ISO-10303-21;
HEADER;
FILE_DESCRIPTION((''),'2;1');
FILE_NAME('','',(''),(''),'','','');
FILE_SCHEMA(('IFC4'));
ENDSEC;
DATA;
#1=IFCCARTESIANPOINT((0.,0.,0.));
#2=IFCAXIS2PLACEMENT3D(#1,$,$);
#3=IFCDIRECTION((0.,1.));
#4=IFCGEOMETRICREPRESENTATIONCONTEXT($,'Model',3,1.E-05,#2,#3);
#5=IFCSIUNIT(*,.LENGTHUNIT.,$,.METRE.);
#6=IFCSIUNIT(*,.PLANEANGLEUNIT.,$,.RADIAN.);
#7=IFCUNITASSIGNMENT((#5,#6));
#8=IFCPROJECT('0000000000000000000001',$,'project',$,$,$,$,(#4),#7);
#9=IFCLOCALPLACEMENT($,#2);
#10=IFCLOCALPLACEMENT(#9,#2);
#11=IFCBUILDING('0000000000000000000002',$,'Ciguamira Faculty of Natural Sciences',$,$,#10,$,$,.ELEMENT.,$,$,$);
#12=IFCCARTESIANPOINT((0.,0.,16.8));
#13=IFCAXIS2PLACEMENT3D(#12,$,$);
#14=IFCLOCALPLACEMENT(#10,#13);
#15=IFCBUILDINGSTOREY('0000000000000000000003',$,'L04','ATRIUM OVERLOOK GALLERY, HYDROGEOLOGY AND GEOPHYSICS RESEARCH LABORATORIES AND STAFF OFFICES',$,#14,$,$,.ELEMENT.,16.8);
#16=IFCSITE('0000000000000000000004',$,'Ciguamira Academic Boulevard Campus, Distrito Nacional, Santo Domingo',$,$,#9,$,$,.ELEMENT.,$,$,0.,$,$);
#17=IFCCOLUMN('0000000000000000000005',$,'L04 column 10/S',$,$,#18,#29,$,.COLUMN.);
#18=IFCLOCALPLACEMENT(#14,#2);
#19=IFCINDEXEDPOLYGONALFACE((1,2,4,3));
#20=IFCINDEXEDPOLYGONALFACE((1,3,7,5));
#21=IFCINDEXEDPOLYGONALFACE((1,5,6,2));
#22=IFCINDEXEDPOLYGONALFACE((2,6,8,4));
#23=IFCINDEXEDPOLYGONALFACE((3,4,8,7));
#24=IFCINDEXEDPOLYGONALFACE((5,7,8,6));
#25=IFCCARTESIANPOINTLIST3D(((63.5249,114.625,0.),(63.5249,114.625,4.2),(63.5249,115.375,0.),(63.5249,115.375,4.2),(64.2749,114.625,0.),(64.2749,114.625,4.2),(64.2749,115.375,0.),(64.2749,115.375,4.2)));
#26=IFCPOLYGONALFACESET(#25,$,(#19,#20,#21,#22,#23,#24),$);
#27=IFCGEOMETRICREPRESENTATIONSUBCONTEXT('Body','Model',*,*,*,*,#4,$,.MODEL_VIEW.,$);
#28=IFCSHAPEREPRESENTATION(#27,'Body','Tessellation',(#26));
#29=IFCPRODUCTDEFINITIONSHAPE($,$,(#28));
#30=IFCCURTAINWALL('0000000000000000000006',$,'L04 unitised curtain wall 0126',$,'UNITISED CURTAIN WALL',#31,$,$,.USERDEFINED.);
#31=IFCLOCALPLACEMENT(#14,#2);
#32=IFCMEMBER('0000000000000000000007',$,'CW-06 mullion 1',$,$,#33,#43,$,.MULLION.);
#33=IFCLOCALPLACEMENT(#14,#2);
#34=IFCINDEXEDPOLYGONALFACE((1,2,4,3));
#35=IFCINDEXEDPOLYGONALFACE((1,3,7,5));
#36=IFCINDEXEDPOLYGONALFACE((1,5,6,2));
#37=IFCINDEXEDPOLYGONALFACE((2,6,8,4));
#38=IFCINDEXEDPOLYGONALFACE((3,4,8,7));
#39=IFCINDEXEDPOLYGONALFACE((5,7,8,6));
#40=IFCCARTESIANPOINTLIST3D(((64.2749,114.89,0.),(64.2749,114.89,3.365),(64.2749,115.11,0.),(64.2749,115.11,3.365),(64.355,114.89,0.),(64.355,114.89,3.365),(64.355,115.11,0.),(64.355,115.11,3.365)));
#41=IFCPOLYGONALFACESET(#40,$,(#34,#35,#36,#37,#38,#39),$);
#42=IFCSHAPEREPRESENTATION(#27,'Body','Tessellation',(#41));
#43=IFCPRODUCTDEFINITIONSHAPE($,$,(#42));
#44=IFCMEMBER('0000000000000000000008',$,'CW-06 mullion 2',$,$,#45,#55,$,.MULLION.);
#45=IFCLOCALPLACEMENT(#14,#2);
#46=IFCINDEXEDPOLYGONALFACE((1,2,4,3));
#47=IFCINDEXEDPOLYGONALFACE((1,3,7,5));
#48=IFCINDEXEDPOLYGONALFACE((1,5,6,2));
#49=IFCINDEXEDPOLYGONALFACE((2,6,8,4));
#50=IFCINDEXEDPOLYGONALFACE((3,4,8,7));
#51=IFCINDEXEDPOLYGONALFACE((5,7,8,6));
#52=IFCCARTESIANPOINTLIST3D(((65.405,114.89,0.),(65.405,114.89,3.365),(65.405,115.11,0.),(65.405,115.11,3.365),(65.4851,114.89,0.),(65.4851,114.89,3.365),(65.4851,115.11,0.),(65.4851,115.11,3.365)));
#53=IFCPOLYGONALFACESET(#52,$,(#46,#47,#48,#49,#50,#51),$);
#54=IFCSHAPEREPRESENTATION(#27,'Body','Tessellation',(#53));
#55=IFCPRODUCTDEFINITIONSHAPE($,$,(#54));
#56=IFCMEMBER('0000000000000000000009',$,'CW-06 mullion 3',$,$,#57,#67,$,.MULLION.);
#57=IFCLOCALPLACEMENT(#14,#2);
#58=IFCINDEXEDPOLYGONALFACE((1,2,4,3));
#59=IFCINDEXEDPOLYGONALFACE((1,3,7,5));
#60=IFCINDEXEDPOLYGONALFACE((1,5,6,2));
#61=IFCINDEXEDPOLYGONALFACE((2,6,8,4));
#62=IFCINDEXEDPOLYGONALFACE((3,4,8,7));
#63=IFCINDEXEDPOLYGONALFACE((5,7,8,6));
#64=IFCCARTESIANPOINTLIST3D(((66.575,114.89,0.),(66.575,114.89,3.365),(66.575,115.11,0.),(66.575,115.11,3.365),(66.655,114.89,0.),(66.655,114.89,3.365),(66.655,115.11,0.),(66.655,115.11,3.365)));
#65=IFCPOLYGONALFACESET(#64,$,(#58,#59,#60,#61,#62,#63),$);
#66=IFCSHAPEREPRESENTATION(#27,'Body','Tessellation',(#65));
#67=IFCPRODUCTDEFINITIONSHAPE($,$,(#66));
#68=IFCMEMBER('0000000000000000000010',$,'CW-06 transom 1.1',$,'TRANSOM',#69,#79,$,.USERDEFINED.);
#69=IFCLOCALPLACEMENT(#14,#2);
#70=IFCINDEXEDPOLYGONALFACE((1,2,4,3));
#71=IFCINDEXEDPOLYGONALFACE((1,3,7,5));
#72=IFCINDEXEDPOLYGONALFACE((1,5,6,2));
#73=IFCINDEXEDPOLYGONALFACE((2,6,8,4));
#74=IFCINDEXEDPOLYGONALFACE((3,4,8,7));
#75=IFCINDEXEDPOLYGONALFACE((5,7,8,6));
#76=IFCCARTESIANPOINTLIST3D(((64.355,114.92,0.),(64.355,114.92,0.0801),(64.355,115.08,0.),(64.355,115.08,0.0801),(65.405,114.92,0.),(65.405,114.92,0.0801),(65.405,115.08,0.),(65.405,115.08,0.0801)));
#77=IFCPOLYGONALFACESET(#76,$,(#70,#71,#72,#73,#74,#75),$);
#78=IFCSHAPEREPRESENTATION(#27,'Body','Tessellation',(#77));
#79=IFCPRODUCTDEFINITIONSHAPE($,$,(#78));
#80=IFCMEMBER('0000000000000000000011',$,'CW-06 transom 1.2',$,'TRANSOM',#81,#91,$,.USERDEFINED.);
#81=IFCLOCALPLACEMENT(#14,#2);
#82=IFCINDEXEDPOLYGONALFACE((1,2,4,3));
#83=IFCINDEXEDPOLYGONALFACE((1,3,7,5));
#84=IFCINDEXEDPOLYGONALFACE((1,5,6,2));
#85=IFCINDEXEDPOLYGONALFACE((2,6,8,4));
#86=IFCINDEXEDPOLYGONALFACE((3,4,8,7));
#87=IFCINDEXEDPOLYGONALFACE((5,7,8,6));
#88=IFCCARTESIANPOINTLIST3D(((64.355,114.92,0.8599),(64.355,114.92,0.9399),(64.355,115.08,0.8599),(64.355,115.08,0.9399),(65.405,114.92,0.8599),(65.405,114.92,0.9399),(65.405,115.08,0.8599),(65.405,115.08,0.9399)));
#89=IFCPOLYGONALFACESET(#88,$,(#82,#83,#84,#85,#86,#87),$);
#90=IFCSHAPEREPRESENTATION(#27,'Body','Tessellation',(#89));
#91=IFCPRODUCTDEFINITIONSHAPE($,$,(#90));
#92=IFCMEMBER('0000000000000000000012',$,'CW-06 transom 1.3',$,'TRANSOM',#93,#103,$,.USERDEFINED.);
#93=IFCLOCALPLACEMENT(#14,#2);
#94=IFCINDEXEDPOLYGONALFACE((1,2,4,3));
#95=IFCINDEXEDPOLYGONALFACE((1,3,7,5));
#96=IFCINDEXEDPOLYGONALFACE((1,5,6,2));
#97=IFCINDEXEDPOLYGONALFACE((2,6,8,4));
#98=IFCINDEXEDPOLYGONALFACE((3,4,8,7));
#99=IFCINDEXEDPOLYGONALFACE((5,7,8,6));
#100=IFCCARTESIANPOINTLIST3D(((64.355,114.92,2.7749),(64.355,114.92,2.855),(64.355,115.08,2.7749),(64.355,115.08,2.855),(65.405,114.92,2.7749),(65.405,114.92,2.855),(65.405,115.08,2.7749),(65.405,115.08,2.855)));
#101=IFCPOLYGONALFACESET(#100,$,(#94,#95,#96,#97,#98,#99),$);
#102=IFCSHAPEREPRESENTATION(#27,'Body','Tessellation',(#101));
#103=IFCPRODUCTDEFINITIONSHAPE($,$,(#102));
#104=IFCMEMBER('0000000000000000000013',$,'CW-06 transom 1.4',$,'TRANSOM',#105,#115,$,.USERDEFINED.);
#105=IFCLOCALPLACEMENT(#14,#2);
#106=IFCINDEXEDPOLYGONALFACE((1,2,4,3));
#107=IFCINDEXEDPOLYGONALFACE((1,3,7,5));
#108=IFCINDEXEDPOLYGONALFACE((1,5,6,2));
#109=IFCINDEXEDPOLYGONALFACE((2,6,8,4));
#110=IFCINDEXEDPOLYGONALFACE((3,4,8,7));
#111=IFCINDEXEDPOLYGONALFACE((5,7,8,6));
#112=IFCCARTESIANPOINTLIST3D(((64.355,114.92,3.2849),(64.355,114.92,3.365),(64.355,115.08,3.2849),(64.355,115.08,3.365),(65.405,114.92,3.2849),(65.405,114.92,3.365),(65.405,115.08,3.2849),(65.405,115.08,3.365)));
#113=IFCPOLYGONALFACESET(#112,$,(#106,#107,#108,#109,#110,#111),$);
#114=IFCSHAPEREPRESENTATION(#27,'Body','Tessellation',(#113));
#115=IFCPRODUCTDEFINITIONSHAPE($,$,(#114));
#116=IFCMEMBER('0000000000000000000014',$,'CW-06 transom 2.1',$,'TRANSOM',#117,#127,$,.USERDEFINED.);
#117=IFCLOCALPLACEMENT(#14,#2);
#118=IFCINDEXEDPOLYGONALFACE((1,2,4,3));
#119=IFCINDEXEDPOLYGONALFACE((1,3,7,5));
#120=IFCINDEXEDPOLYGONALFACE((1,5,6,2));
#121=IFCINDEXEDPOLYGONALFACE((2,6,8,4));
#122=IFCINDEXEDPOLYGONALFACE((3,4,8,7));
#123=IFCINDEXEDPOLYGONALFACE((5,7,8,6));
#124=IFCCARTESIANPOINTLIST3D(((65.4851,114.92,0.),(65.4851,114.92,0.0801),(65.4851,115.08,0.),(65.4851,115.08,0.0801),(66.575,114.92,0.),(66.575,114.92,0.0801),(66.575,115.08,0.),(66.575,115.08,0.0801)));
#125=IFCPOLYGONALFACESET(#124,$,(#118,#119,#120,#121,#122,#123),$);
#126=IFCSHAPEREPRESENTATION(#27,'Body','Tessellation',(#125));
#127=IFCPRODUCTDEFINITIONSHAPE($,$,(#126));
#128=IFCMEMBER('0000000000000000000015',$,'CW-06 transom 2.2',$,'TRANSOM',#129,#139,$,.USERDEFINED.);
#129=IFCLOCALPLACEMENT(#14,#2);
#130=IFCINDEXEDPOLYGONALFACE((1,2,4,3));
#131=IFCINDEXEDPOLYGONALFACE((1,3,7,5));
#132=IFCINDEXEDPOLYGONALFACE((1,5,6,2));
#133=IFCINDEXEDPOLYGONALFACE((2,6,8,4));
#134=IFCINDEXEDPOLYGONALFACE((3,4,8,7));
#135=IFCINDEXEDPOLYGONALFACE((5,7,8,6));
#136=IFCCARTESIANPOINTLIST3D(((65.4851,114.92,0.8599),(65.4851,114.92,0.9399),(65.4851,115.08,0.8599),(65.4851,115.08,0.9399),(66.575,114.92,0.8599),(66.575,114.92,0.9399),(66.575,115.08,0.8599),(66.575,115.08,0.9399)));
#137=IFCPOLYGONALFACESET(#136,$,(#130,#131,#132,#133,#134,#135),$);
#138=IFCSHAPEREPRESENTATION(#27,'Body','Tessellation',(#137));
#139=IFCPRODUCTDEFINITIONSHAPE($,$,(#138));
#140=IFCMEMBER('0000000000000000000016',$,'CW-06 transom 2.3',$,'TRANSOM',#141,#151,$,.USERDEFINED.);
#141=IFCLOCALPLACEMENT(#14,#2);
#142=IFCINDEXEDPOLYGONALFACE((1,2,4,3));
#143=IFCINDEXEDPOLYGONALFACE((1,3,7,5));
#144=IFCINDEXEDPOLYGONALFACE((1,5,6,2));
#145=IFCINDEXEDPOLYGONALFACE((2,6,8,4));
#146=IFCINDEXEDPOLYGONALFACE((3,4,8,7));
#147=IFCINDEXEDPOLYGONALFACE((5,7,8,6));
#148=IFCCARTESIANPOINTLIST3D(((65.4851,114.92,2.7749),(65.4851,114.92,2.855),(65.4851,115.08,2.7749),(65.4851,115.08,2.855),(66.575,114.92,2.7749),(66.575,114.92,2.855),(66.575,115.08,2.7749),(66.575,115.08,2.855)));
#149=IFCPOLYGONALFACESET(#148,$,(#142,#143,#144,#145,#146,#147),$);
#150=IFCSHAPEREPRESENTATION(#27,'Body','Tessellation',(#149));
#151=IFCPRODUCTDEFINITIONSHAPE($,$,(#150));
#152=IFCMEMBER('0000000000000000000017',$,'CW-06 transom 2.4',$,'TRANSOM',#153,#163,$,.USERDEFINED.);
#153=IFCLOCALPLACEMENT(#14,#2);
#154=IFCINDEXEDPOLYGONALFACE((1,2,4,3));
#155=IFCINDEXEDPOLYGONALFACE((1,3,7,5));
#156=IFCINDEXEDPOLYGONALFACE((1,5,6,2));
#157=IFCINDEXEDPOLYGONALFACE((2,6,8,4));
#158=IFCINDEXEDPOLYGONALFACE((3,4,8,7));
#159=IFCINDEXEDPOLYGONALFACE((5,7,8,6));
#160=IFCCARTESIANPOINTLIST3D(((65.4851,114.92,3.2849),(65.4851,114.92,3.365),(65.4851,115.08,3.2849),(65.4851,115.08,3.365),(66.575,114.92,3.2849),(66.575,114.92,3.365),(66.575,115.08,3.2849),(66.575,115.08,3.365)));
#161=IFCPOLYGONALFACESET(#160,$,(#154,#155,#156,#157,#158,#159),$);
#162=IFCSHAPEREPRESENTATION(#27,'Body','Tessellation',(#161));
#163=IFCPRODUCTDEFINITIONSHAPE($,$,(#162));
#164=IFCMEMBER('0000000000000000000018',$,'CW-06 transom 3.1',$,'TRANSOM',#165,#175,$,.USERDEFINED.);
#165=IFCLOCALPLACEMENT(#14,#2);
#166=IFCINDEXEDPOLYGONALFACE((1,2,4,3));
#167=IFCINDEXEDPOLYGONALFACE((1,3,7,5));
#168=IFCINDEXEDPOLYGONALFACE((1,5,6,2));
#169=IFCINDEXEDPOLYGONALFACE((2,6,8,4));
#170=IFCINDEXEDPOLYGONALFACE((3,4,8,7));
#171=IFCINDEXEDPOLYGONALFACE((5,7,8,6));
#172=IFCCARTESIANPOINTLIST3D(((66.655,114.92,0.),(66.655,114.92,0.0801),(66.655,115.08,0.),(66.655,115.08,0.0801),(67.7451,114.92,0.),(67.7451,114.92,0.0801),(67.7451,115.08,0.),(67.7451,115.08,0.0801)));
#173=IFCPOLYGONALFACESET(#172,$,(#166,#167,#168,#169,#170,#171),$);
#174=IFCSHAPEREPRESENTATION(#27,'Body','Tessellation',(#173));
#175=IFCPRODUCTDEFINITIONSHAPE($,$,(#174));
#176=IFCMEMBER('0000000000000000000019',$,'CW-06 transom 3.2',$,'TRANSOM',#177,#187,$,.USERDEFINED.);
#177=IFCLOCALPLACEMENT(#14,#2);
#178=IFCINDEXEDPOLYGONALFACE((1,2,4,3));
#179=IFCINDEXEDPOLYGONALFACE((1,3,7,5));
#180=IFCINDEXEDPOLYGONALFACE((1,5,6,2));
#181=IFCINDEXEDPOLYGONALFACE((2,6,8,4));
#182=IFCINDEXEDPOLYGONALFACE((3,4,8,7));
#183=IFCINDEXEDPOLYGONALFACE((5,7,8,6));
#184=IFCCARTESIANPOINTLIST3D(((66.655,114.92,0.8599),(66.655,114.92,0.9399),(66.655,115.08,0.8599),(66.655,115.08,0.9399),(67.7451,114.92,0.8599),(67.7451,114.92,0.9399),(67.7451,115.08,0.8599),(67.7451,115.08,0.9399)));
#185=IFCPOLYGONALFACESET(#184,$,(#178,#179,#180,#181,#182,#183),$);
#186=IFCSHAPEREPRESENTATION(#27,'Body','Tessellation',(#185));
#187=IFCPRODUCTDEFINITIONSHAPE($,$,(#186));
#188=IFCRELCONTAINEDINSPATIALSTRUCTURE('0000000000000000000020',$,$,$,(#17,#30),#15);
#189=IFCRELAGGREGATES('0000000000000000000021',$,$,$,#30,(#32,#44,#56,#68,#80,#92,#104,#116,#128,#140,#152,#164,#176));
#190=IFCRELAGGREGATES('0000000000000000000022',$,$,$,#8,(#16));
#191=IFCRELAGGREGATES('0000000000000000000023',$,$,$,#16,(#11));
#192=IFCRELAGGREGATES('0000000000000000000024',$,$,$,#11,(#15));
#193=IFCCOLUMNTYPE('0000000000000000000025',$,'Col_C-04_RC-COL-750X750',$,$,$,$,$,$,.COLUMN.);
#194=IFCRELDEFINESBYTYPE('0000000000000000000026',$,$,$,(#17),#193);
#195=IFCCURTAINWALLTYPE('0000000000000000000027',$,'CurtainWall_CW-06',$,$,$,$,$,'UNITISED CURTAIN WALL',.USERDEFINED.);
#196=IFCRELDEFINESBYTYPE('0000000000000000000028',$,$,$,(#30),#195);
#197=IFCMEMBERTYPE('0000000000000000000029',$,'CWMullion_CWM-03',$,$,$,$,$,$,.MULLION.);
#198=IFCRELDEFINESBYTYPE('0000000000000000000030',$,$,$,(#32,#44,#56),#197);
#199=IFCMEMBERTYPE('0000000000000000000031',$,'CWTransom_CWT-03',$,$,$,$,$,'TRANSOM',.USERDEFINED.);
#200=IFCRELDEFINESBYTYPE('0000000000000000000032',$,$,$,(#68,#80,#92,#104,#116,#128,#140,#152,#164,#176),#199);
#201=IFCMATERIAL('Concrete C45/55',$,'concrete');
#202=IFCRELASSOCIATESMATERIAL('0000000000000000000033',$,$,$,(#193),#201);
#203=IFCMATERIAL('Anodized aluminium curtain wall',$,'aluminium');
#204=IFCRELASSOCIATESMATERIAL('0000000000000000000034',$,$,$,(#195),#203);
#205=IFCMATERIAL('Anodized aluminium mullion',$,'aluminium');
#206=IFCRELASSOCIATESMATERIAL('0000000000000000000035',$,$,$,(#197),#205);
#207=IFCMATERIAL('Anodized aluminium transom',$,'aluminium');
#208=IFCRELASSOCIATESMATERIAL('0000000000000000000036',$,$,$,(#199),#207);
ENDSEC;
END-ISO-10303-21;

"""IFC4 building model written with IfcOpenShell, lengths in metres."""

from ifc_helpers import new_model, si_unit, direction, frame, origin, origin_2d, place, context, subcontext, project, spatial, rectangle, extrude, material, material_profile, profile_set, type_object, element, aggregate, save


model = new_model("IFC4")

# Units and contexts
model_context = context("Model", 3, precision=1e-05, world=origin(), true_north=direction((0.0, 1.0)))
body_context = subcontext(model_context, "Body", "Model", "MODEL_VIEW")
ifc_project = project(units=[si_unit("LENGTHUNIT", "METRE"), si_unit("PLANEANGLEUNIT", "RADIAN")], contexts=[model_context])

# Site, building, storey
site_placement = place(None, origin())
site = spatial("IfcSite", under=ifc_project, at=site_placement, Name="Ciguamira Academic Boulevard Campus, Distrito Nacional, Santo Domingo", CompositionType="ELEMENT", RefElevation=0.0)
building_placement = place(site_placement, origin())
building = spatial("IfcBuilding", under=site, at=building_placement, Name="Ciguamira Faculty of Natural Sciences", CompositionType="ELEMENT")
storey_placement = place(building_placement, frame((0.0, 0.0, 16.8)))
storey = spatial("IfcBuildingStorey", under=building, at=storey_placement, Name="L04", Description="ATRIUM OVERLOOK GALLERY, HYDROGEOLOGY AND GEOPHYSICS RESEARCH LABORATORIES AND STAFF OFFICES", CompositionType="ELEMENT", Elevation=16.8)

# Column
ifc_material_1 = material(Name="Concrete C45/55", Category="concrete")
ifc_material_profile_1 = material_profile(ifc_material_1, rectangle(XDim=0.75, YDim=0.75, at=origin_2d()), Name="RC-COL-750X750")
ifc_profile_set_1 = profile_set([ifc_material_profile_1], Name="Concrete C45/55")
column_type = type_object("IfcColumnType", Name="Col_C-04_RC-COL-750X750", PredefinedType="COLUMN", material=ifc_profile_set_1)
column_placement = place(storey_placement, frame((63.8999, 115.0, 0.0), z_axis=(0.0, 0.0, 1.0), x_axis=(1.0, 0.0, 0.0)))
element("IfcColumn", 1, at=column_placement, inside=storey, type_object=column_type, Name="L04 column 10/S", PredefinedType="COLUMN", context=body_context, shape_type="SweptSolid", body=[
    extrude(rectangle(XDim=0.75, YDim=0.75, at=origin_2d()), origin(), (0.0, 0.0, 1.0), 4.2),
])

# Curtain wall, members
ifc_material_2 = material(Name="Anodized aluminium curtain wall", Category="aluminium")
curtain_wall_type = type_object("IfcCurtainWallType", Name="CurtainWall_CW-06", ElementType="UNITISED CURTAIN WALL", PredefinedType="USERDEFINED", material=ifc_material_2)
curtain_wall_placement = place(storey_placement, origin())
curtain_wall = element("IfcCurtainWall", 2, at=curtain_wall_placement, inside=storey, type_object=curtain_wall_type, Name="L04 unitised curtain wall 0126", ObjectType="UNITISED CURTAIN WALL", PredefinedType="USERDEFINED")
ifc_material_3 = material(Name="Anodized aluminium mullion", Category="aluminium")
ifc_material_profile_2 = material_profile(ifc_material_3, rectangle(XDim=0.0801, YDim=0.22, at=origin_2d()), Name="ALU-MUL-80X220")
ifc_profile_set_2 = profile_set([ifc_material_profile_2], Name="Anodized aluminium mullion")
member_type_1 = type_object("IfcMemberType", Name="CWMullion_CWM-03", PredefinedType="MULLION", material=ifc_profile_set_2)
member_1_placement = place(storey_placement, frame((64.3149, 115.0, 0.0), z_axis=(0.0, 0.0, 1.0), x_axis=(1.0, 0.0, 0.0)))
member_1 = element("IfcMember", 3, at=member_1_placement, type_object=member_type_1, Name="CW-06 mullion 1", PredefinedType="MULLION", context=body_context, shape_type="SweptSolid", body=[
    extrude(rectangle(XDim=0.0801, YDim=0.22, at=origin_2d()), origin(), (0.0, 0.0, 1.0), 3.365),
])
member_2_placement = place(storey_placement, frame((65.4451, 115.0, 0.0), z_axis=(0.0, 0.0, 1.0), x_axis=(1.0, 0.0, 0.0)))
member_2 = element("IfcMember", 4, at=member_2_placement, type_object=member_type_1, Name="CW-06 mullion 2", PredefinedType="MULLION", context=body_context, shape_type="SweptSolid", body=[
    extrude(rectangle(XDim=0.0801, YDim=0.22, at=origin_2d()), origin(), (0.0, 0.0, 1.0), 3.365),
])
member_3_placement = place(storey_placement, frame((66.615, 115.0, 0.0), z_axis=(0.0, 0.0, 1.0), x_axis=(1.0, 0.0, 0.0)))
member_3 = element("IfcMember", 5, at=member_3_placement, type_object=member_type_1, Name="CW-06 mullion 3", PredefinedType="MULLION", context=body_context, shape_type="SweptSolid", body=[
    extrude(rectangle(XDim=0.0801, YDim=0.22, at=origin_2d()), origin(), (0.0, 0.0, 1.0), 3.365),
])
ifc_material_4 = material(Name="Anodized aluminium transom", Category="aluminium")
ifc_material_profile_3 = material_profile(ifc_material_4, rectangle(XDim=0.0801, YDim=0.1599, at=origin_2d()), Name="ALU-TRN-80X160")
ifc_profile_set_3 = profile_set([ifc_material_profile_3], Name="Anodized aluminium transom")
member_type_2 = type_object("IfcMemberType", Name="CWTransom_CWT-03", ElementType="TRANSOM", PredefinedType="USERDEFINED", material=ifc_profile_set_3)
member_4_placement = place(storey_placement, frame((64.355, 115.0, 0.04), z_axis=(1.0, 0.0, 0.0), x_axis=(0.0, 0.0, 1.0)))
member_4 = element("IfcMember", 6, at=member_4_placement, type_object=member_type_2, Name="CW-06 transom 1.1", ObjectType="TRANSOM", PredefinedType="USERDEFINED", context=body_context, shape_type="SweptSolid", body=[
    extrude(rectangle(XDim=0.0801, YDim=0.1599, at=origin_2d()), origin(), (0.0, 0.0, 1.0), 1.05),
])
member_5_placement = place(storey_placement, frame((64.355, 115.0, 0.8999), z_axis=(1.0, 0.0, 0.0), x_axis=(0.0, 0.0, 1.0)))
member_5 = element("IfcMember", 7, at=member_5_placement, type_object=member_type_2, Name="CW-06 transom 1.2", ObjectType="TRANSOM", PredefinedType="USERDEFINED", context=body_context, shape_type="SweptSolid", body=[
    extrude(rectangle(XDim=0.0801, YDim=0.1599, at=origin_2d()), origin(), (0.0, 0.0, 1.0), 1.05),
])
member_6_placement = place(storey_placement, frame((64.355, 115.0, 2.8149), z_axis=(1.0, 0.0, 0.0), x_axis=(0.0, 0.0, 1.0)))
member_6 = element("IfcMember", 8, at=member_6_placement, type_object=member_type_2, Name="CW-06 transom 1.3", ObjectType="TRANSOM", PredefinedType="USERDEFINED", context=body_context, shape_type="SweptSolid", body=[
    extrude(rectangle(XDim=0.0801, YDim=0.1599, at=origin_2d()), origin(), (0.0, 0.0, 1.0), 1.05),
])
member_7_placement = place(storey_placement, frame((64.355, 115.0, 3.325), z_axis=(1.0, 0.0, 0.0), x_axis=(0.0, 0.0, 1.0)))
member_7 = element("IfcMember", 9, at=member_7_placement, type_object=member_type_2, Name="CW-06 transom 1.4", ObjectType="TRANSOM", PredefinedType="USERDEFINED", context=body_context, shape_type="SweptSolid", body=[
    extrude(rectangle(XDim=0.0801, YDim=0.1599, at=origin_2d()), origin(), (0.0, 0.0, 1.0), 1.05),
])
member_8_placement = place(storey_placement, frame((65.4851, 115.0, 0.04), z_axis=(1.0, 0.0, 0.0), x_axis=(0.0, 0.0, 1.0)))
member_8 = element("IfcMember", 10, at=member_8_placement, type_object=member_type_2, Name="CW-06 transom 2.1", ObjectType="TRANSOM", PredefinedType="USERDEFINED", context=body_context, shape_type="SweptSolid", body=[
    extrude(rectangle(XDim=0.0801, YDim=0.1599, at=origin_2d()), origin(), (0.0, 0.0, 1.0), 1.0898),
])
member_9_placement = place(storey_placement, frame((65.4851, 115.0, 0.8999), z_axis=(1.0, 0.0, 0.0), x_axis=(0.0, 0.0, 1.0)))
member_9 = element("IfcMember", 11, at=member_9_placement, type_object=member_type_2, Name="CW-06 transom 2.2", ObjectType="TRANSOM", PredefinedType="USERDEFINED", context=body_context, shape_type="SweptSolid", body=[
    extrude(rectangle(XDim=0.0801, YDim=0.1599, at=origin_2d()), origin(), (0.0, 0.0, 1.0), 1.0898),
])
member_10_placement = place(storey_placement, frame((65.4851, 115.0, 2.8149), z_axis=(1.0, 0.0, 0.0), x_axis=(0.0, 0.0, 1.0)))
member_10 = element("IfcMember", 12, at=member_10_placement, type_object=member_type_2, Name="CW-06 transom 2.3", ObjectType="TRANSOM", PredefinedType="USERDEFINED", context=body_context, shape_type="SweptSolid", body=[
    extrude(rectangle(XDim=0.0801, YDim=0.1599, at=origin_2d()), origin(), (0.0, 0.0, 1.0), 1.0898),
])
member_11_placement = place(storey_placement, frame((65.4851, 115.0, 3.325), z_axis=(1.0, 0.0, 0.0), x_axis=(0.0, 0.0, 1.0)))
member_11 = element("IfcMember", 13, at=member_11_placement, type_object=member_type_2, Name="CW-06 transom 2.4", ObjectType="TRANSOM", PredefinedType="USERDEFINED", context=body_context, shape_type="SweptSolid", body=[
    extrude(rectangle(XDim=0.0801, YDim=0.1599, at=origin_2d()), origin(), (0.0, 0.0, 1.0), 1.0898),
])
member_12_placement = place(storey_placement, frame((66.655, 115.0, 0.04), z_axis=(1.0, 0.0, 0.0), x_axis=(0.0, 0.0, 1.0)))
member_12 = element("IfcMember", 14, at=member_12_placement, type_object=member_type_2, Name="CW-06 transom 3.1", ObjectType="TRANSOM", PredefinedType="USERDEFINED", context=body_context, shape_type="SweptSolid", body=[
    extrude(rectangle(XDim=0.0801, YDim=0.1599, at=origin_2d()), origin(), (0.0, 0.0, 1.0), 1.0901),
])
member_13_placement = place(storey_placement, frame((66.655, 115.0, 0.8999), z_axis=(1.0, 0.0, 0.0), x_axis=(0.0, 0.0, 1.0)))
member_13 = element("IfcMember", 15, at=member_13_placement, type_object=member_type_2, Name="CW-06 transom 3.2", ObjectType="TRANSOM", PredefinedType="USERDEFINED", context=body_context, shape_type="SweptSolid", body=[
    extrude(rectangle(XDim=0.0801, YDim=0.1599, at=origin_2d()), origin(), (0.0, 0.0, 1.0), 1.0901),
])

aggregate(curtain_wall, [member_1, member_2, member_3, member_4, member_5, member_6, member_7, member_8, member_9, member_10, member_11, member_12, member_13])

save(model, "model.ifc")
